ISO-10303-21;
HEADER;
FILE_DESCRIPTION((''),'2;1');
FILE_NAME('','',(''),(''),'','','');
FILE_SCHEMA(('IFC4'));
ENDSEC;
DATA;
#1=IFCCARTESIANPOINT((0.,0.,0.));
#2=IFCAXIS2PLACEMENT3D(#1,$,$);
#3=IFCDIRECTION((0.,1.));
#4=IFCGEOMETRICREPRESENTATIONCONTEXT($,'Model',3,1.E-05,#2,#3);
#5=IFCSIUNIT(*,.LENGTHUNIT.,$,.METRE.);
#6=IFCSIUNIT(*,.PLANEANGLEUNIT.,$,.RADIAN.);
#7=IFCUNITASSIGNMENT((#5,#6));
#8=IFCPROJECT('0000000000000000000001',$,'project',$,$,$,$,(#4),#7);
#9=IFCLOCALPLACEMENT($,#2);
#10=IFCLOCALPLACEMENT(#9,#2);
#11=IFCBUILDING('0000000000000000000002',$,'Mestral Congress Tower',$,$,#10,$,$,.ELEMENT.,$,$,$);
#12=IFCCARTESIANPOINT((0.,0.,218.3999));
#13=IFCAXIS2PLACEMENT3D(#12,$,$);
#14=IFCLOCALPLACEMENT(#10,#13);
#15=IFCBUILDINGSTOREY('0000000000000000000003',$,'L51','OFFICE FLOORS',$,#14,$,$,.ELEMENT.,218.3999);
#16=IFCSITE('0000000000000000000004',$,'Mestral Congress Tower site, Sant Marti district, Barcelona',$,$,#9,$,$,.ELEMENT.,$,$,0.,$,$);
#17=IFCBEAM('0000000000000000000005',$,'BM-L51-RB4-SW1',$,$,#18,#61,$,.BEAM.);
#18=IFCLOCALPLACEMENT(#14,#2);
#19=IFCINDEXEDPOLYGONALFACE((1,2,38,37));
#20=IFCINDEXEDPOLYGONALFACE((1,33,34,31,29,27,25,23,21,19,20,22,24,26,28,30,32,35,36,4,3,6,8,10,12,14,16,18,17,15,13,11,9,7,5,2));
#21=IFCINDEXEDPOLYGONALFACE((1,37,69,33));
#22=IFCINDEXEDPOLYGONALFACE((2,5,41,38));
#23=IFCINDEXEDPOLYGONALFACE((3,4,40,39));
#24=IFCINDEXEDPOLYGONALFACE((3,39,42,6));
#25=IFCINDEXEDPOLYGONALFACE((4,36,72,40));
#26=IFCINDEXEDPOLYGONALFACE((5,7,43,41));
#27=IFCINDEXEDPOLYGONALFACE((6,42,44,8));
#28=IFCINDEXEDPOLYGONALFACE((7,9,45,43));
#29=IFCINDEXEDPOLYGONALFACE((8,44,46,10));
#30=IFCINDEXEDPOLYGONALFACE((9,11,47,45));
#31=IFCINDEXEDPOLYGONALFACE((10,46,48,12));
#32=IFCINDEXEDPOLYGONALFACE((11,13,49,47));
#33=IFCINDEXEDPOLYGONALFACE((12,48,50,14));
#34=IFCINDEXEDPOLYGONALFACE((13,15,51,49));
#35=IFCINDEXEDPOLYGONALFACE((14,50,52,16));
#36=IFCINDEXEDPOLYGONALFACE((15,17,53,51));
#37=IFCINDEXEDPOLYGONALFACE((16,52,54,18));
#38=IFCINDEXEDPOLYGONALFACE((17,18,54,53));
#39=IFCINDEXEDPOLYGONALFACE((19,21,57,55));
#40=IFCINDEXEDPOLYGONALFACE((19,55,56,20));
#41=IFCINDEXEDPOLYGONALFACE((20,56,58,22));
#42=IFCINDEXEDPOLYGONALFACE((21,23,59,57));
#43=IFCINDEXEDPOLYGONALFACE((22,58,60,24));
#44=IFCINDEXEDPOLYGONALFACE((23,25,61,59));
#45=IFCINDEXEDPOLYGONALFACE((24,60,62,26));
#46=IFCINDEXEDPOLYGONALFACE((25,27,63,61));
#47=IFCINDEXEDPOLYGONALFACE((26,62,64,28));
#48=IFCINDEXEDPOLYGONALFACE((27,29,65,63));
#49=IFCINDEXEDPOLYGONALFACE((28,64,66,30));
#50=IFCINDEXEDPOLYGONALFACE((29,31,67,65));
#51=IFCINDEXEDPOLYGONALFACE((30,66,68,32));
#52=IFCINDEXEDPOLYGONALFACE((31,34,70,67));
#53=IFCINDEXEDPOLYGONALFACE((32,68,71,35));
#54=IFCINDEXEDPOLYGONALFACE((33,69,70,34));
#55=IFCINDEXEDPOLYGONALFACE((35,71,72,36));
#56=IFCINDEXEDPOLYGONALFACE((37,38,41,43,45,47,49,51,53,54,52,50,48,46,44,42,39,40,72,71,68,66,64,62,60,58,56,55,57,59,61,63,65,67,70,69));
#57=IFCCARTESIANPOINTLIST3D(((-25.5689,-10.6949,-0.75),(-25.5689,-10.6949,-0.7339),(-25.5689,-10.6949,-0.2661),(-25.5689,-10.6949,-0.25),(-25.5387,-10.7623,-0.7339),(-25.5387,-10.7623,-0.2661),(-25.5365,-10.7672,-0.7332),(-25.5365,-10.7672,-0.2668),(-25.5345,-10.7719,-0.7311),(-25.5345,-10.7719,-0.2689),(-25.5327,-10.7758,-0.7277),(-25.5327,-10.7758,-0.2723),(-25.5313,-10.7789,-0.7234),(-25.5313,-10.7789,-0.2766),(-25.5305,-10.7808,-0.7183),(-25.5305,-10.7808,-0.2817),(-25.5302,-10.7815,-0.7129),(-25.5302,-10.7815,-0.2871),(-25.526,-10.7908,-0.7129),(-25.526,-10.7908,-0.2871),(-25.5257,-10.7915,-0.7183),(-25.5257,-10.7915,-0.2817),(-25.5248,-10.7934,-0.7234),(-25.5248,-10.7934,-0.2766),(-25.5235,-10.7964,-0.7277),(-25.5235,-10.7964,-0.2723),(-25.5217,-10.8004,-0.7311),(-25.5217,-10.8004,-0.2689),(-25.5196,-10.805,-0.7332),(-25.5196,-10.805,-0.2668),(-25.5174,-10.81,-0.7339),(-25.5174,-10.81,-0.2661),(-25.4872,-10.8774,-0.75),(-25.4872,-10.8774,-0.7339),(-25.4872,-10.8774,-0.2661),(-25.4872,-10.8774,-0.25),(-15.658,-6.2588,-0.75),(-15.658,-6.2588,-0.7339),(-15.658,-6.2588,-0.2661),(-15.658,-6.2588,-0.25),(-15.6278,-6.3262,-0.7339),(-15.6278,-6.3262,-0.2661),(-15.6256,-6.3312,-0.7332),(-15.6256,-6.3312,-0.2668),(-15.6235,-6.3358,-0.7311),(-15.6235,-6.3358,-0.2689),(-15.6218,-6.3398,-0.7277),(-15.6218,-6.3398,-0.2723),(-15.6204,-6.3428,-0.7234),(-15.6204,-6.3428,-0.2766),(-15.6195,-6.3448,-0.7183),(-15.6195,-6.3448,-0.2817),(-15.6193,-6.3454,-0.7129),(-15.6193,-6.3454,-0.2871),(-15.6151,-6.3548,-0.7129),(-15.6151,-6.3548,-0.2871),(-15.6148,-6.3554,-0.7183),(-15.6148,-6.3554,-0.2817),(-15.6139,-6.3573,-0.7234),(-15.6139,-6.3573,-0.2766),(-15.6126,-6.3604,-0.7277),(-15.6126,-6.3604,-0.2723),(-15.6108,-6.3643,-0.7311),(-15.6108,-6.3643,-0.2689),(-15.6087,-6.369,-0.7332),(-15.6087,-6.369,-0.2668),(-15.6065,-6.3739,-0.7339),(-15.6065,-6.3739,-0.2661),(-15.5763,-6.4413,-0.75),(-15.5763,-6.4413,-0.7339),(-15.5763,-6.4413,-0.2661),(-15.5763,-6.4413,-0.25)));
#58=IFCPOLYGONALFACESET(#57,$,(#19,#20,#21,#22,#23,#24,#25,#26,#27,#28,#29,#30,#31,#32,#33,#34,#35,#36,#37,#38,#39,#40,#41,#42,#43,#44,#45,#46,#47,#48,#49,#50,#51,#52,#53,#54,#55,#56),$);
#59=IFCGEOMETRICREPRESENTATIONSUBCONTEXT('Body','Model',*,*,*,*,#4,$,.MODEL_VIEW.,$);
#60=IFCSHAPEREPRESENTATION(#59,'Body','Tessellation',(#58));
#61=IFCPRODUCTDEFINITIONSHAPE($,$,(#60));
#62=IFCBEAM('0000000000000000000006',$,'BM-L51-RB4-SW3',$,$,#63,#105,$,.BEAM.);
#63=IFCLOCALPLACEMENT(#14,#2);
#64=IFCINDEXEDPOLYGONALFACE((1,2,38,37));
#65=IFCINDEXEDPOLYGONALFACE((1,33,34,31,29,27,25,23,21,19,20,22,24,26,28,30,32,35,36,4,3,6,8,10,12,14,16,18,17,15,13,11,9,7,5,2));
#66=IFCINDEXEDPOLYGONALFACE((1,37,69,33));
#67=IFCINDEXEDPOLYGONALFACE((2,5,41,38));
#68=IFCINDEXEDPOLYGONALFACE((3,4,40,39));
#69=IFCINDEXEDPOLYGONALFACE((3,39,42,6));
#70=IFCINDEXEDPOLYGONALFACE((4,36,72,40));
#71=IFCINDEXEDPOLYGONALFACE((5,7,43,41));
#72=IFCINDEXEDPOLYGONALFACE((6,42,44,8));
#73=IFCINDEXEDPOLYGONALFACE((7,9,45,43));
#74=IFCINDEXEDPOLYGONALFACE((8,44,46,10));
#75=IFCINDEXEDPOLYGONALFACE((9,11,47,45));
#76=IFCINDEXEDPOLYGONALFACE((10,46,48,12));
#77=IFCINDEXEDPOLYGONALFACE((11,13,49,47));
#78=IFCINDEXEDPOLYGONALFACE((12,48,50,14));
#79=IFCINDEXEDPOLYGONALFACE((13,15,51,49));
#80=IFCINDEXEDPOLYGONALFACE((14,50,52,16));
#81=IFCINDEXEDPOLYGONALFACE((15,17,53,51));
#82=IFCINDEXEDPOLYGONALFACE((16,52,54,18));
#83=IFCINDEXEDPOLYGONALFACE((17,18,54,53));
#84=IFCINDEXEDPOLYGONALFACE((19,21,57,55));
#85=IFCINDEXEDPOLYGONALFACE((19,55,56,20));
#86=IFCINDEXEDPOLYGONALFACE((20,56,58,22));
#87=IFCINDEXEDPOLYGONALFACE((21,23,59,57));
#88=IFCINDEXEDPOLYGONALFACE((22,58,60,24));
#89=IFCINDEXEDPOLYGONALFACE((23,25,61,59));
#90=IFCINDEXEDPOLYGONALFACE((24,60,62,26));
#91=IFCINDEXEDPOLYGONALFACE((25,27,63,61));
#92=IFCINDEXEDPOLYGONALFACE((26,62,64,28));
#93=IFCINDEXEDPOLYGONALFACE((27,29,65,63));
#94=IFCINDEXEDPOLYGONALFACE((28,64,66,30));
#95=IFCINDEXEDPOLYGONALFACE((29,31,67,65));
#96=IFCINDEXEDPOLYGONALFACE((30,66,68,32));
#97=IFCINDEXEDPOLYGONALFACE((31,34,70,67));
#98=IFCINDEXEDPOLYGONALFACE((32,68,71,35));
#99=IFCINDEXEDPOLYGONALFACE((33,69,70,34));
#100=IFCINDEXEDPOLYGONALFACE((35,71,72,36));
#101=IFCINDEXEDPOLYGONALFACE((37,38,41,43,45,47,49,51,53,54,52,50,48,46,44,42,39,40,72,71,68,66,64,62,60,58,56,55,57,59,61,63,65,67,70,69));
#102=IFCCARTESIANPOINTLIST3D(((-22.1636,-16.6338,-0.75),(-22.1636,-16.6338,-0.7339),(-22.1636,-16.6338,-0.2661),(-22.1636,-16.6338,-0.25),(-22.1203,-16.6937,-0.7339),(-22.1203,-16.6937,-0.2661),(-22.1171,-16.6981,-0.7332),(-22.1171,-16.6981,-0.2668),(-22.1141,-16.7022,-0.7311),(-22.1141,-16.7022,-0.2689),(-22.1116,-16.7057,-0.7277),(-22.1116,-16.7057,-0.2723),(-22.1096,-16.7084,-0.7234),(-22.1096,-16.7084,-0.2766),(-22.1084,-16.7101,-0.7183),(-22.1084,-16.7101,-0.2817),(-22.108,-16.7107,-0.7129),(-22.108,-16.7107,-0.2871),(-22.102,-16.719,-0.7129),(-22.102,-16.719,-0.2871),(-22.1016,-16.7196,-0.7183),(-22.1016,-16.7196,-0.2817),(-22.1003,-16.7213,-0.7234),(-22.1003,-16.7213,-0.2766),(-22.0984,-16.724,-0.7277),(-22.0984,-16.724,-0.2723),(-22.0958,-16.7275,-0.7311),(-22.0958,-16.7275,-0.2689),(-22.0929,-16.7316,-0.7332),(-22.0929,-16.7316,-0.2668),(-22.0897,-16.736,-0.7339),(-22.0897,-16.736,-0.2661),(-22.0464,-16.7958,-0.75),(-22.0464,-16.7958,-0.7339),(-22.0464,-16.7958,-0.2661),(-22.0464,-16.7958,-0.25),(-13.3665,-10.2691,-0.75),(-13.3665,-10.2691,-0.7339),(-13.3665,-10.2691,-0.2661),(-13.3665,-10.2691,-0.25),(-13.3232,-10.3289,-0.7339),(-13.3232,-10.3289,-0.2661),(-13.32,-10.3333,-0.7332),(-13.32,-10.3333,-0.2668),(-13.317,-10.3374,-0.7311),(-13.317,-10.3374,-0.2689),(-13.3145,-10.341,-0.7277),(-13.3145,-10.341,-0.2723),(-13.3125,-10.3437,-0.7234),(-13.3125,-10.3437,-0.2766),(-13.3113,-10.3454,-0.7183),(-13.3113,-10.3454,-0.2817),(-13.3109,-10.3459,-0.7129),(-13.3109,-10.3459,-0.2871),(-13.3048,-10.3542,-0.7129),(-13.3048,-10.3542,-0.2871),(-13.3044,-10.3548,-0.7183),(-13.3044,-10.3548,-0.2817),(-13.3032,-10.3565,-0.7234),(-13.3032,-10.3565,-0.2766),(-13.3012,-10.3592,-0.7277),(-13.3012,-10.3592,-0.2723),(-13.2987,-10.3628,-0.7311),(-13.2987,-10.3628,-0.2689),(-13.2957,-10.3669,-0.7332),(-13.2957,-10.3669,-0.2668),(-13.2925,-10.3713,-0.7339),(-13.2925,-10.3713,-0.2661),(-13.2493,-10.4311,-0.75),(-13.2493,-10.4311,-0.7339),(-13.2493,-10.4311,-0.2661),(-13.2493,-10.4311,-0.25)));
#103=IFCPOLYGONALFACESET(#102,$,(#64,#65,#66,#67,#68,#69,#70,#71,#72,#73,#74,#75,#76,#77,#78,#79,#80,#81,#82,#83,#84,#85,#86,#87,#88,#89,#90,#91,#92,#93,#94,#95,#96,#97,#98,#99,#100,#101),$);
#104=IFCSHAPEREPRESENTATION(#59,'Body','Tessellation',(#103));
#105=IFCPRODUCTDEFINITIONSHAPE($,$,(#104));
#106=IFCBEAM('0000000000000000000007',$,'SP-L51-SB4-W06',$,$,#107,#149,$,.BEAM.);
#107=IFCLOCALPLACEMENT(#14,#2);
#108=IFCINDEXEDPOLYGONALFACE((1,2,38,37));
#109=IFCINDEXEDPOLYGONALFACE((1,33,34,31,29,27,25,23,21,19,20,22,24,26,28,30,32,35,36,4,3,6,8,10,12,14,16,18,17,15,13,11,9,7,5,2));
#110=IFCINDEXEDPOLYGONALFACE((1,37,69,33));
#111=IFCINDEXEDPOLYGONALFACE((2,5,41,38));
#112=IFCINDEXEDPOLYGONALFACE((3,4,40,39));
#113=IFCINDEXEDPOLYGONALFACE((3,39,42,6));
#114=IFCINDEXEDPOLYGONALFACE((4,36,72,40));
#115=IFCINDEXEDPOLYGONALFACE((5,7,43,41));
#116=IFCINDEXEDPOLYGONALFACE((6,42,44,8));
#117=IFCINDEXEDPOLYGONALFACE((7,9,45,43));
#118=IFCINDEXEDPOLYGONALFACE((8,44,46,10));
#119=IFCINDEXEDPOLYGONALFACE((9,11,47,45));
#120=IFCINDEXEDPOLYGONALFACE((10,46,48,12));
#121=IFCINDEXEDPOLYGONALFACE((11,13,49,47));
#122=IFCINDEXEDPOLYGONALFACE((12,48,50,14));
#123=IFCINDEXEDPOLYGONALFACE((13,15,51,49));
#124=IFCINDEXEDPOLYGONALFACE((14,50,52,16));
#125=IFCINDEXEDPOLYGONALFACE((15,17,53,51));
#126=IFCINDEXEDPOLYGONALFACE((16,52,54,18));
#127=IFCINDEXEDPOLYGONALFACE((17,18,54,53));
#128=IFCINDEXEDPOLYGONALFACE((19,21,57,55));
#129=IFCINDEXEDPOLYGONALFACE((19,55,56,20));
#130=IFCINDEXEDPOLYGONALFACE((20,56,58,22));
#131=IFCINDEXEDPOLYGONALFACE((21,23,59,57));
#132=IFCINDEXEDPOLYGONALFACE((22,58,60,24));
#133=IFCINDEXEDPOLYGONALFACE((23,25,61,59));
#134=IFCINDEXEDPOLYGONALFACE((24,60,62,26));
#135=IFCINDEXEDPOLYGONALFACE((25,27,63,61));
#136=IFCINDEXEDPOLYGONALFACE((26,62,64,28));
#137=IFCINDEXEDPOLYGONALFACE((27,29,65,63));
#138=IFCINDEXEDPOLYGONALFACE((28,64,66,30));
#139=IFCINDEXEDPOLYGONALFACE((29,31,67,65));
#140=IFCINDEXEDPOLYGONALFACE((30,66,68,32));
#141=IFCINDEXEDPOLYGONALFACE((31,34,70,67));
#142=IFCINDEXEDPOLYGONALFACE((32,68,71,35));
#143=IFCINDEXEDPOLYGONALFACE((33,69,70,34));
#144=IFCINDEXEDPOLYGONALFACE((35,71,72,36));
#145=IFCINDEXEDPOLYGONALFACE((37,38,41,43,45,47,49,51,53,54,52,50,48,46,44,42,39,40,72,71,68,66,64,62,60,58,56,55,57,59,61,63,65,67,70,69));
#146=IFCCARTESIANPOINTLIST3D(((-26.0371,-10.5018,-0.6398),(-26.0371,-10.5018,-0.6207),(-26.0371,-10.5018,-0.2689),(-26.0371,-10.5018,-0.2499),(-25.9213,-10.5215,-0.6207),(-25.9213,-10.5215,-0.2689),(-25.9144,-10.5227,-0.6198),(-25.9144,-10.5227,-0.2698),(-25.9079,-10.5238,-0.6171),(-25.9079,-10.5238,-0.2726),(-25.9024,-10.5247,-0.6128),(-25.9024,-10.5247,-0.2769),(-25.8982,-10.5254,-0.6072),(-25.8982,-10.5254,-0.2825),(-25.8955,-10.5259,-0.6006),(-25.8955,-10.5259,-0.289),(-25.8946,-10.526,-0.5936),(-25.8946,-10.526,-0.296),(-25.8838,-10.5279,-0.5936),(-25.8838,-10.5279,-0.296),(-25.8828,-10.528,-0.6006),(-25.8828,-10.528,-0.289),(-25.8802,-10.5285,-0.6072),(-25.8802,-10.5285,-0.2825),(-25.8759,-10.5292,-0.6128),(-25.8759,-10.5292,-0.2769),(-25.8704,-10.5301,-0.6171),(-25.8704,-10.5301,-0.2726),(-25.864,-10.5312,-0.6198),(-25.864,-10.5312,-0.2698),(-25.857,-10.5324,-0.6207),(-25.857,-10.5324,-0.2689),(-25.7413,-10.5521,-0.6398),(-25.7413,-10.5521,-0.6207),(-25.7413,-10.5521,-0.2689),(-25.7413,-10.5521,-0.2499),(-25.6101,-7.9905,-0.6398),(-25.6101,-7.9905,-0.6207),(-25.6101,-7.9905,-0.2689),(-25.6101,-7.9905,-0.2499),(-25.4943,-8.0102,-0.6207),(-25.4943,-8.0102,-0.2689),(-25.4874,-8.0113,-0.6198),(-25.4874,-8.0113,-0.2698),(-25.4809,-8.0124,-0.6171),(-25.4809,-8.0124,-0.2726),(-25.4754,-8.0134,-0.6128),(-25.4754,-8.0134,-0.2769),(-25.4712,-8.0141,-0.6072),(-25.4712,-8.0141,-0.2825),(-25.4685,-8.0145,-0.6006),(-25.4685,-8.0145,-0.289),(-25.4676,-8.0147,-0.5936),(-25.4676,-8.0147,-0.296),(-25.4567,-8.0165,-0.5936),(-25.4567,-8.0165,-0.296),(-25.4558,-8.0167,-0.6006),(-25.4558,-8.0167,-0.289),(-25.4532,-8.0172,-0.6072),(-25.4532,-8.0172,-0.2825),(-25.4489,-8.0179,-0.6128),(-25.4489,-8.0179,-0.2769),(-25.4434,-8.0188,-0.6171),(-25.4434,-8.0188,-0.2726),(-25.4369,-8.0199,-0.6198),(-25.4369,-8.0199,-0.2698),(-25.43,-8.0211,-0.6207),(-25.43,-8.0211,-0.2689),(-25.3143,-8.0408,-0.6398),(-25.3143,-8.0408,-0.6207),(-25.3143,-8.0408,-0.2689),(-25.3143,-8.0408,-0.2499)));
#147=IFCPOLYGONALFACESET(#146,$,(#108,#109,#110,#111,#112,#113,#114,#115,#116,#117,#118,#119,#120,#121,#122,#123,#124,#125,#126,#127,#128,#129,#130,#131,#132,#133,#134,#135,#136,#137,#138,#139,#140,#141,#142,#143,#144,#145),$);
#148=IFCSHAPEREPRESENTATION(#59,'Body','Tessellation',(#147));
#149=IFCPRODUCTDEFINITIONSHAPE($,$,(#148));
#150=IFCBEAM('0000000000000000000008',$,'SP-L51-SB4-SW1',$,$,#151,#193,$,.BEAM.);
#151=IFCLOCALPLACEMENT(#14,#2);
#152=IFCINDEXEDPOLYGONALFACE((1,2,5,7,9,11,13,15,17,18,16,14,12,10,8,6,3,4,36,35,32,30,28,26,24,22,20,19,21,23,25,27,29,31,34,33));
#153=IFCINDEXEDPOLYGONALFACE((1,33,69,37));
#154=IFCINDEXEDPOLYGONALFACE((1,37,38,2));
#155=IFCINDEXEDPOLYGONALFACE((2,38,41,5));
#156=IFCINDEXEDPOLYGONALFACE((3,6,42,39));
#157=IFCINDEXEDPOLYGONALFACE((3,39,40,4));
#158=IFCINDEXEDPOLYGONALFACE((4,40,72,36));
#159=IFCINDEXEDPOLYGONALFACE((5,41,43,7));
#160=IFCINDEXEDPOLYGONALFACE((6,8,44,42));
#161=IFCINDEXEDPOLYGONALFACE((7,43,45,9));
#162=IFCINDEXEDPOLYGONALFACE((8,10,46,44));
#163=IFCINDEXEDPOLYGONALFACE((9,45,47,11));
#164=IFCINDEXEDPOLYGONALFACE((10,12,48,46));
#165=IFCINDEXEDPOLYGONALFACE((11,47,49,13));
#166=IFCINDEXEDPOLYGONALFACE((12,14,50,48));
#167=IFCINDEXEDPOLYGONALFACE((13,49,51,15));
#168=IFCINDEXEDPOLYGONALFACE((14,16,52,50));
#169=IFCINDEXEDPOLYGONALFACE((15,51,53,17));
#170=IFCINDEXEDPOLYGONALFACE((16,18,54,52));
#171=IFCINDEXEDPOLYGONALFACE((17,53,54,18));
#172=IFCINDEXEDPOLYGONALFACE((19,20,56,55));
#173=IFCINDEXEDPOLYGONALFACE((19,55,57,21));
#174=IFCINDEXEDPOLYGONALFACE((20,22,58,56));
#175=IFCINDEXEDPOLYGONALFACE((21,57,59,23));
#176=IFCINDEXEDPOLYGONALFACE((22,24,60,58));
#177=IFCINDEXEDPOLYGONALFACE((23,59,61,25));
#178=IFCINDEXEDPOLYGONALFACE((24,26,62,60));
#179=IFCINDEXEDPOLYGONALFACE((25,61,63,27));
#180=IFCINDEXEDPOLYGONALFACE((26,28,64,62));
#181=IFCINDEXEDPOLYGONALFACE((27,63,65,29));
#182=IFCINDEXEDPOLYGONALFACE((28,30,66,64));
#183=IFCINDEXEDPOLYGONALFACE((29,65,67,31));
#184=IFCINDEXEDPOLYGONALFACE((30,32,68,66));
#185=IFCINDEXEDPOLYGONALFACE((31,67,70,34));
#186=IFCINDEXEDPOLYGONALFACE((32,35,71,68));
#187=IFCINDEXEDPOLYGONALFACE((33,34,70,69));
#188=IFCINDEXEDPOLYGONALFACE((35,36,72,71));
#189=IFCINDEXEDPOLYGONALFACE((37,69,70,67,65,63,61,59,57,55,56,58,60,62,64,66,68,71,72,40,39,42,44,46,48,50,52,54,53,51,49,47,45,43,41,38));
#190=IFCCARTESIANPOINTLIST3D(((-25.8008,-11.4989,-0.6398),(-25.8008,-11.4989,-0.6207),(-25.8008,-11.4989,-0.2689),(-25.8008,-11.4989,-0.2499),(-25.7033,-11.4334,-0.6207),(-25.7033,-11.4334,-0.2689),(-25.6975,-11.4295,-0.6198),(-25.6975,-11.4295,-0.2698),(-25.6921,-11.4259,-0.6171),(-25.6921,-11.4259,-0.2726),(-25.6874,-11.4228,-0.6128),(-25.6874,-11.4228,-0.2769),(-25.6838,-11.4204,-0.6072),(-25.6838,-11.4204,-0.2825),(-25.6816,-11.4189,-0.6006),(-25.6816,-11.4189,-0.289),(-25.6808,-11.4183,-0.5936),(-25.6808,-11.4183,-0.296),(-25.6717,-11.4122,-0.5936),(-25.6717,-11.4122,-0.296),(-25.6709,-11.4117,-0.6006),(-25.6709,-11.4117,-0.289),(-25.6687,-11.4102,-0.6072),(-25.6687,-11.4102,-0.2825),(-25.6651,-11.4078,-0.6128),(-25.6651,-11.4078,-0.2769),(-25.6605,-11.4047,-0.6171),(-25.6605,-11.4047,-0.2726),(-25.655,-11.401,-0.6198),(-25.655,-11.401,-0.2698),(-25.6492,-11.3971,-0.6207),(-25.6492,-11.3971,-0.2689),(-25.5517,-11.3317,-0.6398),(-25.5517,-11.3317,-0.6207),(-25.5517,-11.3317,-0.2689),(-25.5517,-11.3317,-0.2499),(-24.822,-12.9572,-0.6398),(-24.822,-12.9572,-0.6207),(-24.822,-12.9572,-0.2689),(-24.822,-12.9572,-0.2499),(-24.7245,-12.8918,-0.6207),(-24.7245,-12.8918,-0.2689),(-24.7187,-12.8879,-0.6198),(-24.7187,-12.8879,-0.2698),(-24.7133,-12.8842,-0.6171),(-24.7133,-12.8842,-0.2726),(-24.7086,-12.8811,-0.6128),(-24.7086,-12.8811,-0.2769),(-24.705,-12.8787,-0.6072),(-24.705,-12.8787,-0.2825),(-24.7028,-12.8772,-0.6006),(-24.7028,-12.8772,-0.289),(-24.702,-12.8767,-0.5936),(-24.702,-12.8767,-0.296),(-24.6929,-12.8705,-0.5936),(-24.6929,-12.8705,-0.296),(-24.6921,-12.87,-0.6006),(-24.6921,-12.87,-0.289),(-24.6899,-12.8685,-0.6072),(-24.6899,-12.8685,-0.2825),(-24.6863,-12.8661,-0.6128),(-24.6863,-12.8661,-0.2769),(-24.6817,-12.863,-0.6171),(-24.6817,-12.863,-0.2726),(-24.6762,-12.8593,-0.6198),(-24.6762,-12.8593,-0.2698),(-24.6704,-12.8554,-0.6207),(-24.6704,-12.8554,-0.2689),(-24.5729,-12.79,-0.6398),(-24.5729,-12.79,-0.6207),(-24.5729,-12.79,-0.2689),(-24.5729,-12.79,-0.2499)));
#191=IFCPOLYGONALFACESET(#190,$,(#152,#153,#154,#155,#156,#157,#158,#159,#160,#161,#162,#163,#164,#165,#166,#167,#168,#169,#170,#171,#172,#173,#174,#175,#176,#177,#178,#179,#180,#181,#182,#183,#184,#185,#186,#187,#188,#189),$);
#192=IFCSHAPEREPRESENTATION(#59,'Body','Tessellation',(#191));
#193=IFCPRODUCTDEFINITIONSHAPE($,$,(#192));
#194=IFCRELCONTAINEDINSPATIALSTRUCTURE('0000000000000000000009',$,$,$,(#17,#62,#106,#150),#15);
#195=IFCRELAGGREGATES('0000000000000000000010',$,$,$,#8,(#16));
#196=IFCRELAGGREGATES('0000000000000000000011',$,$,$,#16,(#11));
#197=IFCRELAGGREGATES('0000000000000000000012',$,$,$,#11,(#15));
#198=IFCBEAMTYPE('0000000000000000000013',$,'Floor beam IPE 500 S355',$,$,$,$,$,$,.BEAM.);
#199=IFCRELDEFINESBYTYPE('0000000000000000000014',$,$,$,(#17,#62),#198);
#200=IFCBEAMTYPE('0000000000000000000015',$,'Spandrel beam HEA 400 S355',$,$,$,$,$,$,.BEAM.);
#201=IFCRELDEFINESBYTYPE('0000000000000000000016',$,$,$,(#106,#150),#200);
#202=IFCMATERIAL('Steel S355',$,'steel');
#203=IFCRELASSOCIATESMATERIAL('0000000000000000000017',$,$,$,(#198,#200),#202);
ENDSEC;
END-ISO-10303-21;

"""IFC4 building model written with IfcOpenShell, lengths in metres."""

from ifc_helpers import new_model, si_unit, direction, frame, origin, origin_2d, place, context, subcontext, project, spatial, i_section, extrude, material, material_profile, profile_set, type_object, element, save


model = new_model("IFC4")

# Units and contexts
model_context = context("Model", 3, precision=1e-05, world=origin(), true_north=direction((0.0, 1.0)))
body_context = subcontext(model_context, "Body", "Model", "MODEL_VIEW")
ifc_project = project(units=[si_unit("LENGTHUNIT", "METRE"), si_unit("PLANEANGLEUNIT", "RADIAN")], contexts=[model_context])

# Site, building, storey
site_placement = place(None, origin())
site = spatial("IfcSite", under=ifc_project, at=site_placement, Name="Mestral Congress Tower site, Sant Marti district, Barcelona", CompositionType="ELEMENT", RefElevation=0.0)
building_placement = place(site_placement, origin())
building = spatial("IfcBuilding", under=site, at=building_placement, Name="Mestral Congress Tower", CompositionType="ELEMENT")
storey_placement = place(building_placement, frame((0.0, 0.0, 218.3999)))
storey = spatial("IfcBuildingStorey", under=building, at=storey_placement, Name="L51", Description="OFFICE FLOORS", CompositionType="ELEMENT", Elevation=218.3999)

# Beams
ifc_material_1 = material(Name="Steel S355", Category="steel")
ifc_material_profile_1 = material_profile(ifc_material_1, i_section(OverallWidth=0.2, OverallDepth=0.5, WebThickness=0.0103, FlangeThickness=0.0161, FilletRadius=0.021, at=origin_2d()), Name="IPE 500")
ifc_profile_set_1 = profile_set([ifc_material_profile_1], Name="Steel S355")
beam_type_1 = type_object("IfcBeamType", Name="Floor beam IPE 500 S355", PredefinedType="BEAM", material=ifc_profile_set_1)
beam_1_placement = place(storey_placement, frame((-25.5281, -10.7861, -0.5), z_axis=(0.912742, 0.408536, 0.0), x_axis=(-0.408536, 0.912742, 0.0)))
element("IfcBeam", 1, at=beam_1_placement, inside=storey, type_object=beam_type_1, Name="BM-L51-RB4-SW1", PredefinedType="BEAM", context=body_context, shape_type="SweptSolid", body=[
    extrude(i_section(OverallWidth=0.2, OverallDepth=0.5, WebThickness=0.0103, FlangeThickness=0.0161, FilletRadius=0.021, at=origin_2d()), origin(), (0.0, 0.0, 1.0), 10.8584),
])
beam_2_placement = place(storey_placement, frame((-22.105, -16.7148, -0.5), z_axis=(0.810186, 0.586173, 0.0), x_axis=(-0.586173, 0.810186, 0.0)))
element("IfcBeam", 2, at=beam_2_placement, inside=storey, type_object=beam_type_1, Name="BM-L51-RB4-SW3", PredefinedType="BEAM", context=body_context, shape_type="SweptSolid", body=[
    extrude(i_section(OverallWidth=0.2, OverallDepth=0.5, WebThickness=0.0103, FlangeThickness=0.0161, FilletRadius=0.021, at=origin_2d()), origin(), (0.0, 0.0, 1.0), 10.8582),
])
ifc_material_profile_2 = material_profile(ifc_material_1, i_section(OverallWidth=0.3, OverallDepth=0.3899, WebThickness=0.011, FlangeThickness=0.019, FilletRadius=0.0271, at=origin_2d()), Name="HEA 400")
ifc_profile_set_2 = profile_set([ifc_material_profile_2], Name="Steel S355")
beam_type_2 = type_object("IfcBeamType", Name="Spandrel beam HEA 400 S355", PredefinedType="BEAM", material=ifc_profile_set_2)
beam_3_placement = place(storey_placement, frame((-25.4622, -8.0156, -0.4448), z_axis=(-0.167631, -0.98585, 0.0), x_axis=(0.98585, -0.167631, 0.0)))
element("IfcBeam", 3, at=beam_3_placement, inside=storey, type_object=beam_type_2, Name="SP-L51-SB4-W06", PredefinedType="BEAM", context=body_context, shape_type="SweptSolid", body=[
    extrude(i_section(OverallWidth=0.3, OverallDepth=0.3899, WebThickness=0.011, FlangeThickness=0.019, FilletRadius=0.0271, at=origin_2d()), origin(), (0.0, 0.0, 1.0), 2.5474),
])
for number, where, z_axis, x_axis, name in (
    (4, (-25.6763, -11.4153, -0.4448), (0.557296, -0.830314, 0.0), (0.830314, 0.557296, 0.0), "SP-L51-SB4-SW1"),
):
    element("IfcBeam", number, at=place(storey_placement, frame(where, z_axis=z_axis, x_axis=x_axis)), inside=storey, type_object=beam_type_2, Name=name, PredefinedType="BEAM", context=body_context, shape_type="SweptSolid", body=[
        extrude(i_section(OverallWidth=0.3, OverallDepth=0.3899, WebThickness=0.011, FlangeThickness=0.019, FilletRadius=0.0271, at=origin_2d()), origin(), (0.0, 0.0, 1.0), 1.7563),
    ])

save(model, "model.ifc")
